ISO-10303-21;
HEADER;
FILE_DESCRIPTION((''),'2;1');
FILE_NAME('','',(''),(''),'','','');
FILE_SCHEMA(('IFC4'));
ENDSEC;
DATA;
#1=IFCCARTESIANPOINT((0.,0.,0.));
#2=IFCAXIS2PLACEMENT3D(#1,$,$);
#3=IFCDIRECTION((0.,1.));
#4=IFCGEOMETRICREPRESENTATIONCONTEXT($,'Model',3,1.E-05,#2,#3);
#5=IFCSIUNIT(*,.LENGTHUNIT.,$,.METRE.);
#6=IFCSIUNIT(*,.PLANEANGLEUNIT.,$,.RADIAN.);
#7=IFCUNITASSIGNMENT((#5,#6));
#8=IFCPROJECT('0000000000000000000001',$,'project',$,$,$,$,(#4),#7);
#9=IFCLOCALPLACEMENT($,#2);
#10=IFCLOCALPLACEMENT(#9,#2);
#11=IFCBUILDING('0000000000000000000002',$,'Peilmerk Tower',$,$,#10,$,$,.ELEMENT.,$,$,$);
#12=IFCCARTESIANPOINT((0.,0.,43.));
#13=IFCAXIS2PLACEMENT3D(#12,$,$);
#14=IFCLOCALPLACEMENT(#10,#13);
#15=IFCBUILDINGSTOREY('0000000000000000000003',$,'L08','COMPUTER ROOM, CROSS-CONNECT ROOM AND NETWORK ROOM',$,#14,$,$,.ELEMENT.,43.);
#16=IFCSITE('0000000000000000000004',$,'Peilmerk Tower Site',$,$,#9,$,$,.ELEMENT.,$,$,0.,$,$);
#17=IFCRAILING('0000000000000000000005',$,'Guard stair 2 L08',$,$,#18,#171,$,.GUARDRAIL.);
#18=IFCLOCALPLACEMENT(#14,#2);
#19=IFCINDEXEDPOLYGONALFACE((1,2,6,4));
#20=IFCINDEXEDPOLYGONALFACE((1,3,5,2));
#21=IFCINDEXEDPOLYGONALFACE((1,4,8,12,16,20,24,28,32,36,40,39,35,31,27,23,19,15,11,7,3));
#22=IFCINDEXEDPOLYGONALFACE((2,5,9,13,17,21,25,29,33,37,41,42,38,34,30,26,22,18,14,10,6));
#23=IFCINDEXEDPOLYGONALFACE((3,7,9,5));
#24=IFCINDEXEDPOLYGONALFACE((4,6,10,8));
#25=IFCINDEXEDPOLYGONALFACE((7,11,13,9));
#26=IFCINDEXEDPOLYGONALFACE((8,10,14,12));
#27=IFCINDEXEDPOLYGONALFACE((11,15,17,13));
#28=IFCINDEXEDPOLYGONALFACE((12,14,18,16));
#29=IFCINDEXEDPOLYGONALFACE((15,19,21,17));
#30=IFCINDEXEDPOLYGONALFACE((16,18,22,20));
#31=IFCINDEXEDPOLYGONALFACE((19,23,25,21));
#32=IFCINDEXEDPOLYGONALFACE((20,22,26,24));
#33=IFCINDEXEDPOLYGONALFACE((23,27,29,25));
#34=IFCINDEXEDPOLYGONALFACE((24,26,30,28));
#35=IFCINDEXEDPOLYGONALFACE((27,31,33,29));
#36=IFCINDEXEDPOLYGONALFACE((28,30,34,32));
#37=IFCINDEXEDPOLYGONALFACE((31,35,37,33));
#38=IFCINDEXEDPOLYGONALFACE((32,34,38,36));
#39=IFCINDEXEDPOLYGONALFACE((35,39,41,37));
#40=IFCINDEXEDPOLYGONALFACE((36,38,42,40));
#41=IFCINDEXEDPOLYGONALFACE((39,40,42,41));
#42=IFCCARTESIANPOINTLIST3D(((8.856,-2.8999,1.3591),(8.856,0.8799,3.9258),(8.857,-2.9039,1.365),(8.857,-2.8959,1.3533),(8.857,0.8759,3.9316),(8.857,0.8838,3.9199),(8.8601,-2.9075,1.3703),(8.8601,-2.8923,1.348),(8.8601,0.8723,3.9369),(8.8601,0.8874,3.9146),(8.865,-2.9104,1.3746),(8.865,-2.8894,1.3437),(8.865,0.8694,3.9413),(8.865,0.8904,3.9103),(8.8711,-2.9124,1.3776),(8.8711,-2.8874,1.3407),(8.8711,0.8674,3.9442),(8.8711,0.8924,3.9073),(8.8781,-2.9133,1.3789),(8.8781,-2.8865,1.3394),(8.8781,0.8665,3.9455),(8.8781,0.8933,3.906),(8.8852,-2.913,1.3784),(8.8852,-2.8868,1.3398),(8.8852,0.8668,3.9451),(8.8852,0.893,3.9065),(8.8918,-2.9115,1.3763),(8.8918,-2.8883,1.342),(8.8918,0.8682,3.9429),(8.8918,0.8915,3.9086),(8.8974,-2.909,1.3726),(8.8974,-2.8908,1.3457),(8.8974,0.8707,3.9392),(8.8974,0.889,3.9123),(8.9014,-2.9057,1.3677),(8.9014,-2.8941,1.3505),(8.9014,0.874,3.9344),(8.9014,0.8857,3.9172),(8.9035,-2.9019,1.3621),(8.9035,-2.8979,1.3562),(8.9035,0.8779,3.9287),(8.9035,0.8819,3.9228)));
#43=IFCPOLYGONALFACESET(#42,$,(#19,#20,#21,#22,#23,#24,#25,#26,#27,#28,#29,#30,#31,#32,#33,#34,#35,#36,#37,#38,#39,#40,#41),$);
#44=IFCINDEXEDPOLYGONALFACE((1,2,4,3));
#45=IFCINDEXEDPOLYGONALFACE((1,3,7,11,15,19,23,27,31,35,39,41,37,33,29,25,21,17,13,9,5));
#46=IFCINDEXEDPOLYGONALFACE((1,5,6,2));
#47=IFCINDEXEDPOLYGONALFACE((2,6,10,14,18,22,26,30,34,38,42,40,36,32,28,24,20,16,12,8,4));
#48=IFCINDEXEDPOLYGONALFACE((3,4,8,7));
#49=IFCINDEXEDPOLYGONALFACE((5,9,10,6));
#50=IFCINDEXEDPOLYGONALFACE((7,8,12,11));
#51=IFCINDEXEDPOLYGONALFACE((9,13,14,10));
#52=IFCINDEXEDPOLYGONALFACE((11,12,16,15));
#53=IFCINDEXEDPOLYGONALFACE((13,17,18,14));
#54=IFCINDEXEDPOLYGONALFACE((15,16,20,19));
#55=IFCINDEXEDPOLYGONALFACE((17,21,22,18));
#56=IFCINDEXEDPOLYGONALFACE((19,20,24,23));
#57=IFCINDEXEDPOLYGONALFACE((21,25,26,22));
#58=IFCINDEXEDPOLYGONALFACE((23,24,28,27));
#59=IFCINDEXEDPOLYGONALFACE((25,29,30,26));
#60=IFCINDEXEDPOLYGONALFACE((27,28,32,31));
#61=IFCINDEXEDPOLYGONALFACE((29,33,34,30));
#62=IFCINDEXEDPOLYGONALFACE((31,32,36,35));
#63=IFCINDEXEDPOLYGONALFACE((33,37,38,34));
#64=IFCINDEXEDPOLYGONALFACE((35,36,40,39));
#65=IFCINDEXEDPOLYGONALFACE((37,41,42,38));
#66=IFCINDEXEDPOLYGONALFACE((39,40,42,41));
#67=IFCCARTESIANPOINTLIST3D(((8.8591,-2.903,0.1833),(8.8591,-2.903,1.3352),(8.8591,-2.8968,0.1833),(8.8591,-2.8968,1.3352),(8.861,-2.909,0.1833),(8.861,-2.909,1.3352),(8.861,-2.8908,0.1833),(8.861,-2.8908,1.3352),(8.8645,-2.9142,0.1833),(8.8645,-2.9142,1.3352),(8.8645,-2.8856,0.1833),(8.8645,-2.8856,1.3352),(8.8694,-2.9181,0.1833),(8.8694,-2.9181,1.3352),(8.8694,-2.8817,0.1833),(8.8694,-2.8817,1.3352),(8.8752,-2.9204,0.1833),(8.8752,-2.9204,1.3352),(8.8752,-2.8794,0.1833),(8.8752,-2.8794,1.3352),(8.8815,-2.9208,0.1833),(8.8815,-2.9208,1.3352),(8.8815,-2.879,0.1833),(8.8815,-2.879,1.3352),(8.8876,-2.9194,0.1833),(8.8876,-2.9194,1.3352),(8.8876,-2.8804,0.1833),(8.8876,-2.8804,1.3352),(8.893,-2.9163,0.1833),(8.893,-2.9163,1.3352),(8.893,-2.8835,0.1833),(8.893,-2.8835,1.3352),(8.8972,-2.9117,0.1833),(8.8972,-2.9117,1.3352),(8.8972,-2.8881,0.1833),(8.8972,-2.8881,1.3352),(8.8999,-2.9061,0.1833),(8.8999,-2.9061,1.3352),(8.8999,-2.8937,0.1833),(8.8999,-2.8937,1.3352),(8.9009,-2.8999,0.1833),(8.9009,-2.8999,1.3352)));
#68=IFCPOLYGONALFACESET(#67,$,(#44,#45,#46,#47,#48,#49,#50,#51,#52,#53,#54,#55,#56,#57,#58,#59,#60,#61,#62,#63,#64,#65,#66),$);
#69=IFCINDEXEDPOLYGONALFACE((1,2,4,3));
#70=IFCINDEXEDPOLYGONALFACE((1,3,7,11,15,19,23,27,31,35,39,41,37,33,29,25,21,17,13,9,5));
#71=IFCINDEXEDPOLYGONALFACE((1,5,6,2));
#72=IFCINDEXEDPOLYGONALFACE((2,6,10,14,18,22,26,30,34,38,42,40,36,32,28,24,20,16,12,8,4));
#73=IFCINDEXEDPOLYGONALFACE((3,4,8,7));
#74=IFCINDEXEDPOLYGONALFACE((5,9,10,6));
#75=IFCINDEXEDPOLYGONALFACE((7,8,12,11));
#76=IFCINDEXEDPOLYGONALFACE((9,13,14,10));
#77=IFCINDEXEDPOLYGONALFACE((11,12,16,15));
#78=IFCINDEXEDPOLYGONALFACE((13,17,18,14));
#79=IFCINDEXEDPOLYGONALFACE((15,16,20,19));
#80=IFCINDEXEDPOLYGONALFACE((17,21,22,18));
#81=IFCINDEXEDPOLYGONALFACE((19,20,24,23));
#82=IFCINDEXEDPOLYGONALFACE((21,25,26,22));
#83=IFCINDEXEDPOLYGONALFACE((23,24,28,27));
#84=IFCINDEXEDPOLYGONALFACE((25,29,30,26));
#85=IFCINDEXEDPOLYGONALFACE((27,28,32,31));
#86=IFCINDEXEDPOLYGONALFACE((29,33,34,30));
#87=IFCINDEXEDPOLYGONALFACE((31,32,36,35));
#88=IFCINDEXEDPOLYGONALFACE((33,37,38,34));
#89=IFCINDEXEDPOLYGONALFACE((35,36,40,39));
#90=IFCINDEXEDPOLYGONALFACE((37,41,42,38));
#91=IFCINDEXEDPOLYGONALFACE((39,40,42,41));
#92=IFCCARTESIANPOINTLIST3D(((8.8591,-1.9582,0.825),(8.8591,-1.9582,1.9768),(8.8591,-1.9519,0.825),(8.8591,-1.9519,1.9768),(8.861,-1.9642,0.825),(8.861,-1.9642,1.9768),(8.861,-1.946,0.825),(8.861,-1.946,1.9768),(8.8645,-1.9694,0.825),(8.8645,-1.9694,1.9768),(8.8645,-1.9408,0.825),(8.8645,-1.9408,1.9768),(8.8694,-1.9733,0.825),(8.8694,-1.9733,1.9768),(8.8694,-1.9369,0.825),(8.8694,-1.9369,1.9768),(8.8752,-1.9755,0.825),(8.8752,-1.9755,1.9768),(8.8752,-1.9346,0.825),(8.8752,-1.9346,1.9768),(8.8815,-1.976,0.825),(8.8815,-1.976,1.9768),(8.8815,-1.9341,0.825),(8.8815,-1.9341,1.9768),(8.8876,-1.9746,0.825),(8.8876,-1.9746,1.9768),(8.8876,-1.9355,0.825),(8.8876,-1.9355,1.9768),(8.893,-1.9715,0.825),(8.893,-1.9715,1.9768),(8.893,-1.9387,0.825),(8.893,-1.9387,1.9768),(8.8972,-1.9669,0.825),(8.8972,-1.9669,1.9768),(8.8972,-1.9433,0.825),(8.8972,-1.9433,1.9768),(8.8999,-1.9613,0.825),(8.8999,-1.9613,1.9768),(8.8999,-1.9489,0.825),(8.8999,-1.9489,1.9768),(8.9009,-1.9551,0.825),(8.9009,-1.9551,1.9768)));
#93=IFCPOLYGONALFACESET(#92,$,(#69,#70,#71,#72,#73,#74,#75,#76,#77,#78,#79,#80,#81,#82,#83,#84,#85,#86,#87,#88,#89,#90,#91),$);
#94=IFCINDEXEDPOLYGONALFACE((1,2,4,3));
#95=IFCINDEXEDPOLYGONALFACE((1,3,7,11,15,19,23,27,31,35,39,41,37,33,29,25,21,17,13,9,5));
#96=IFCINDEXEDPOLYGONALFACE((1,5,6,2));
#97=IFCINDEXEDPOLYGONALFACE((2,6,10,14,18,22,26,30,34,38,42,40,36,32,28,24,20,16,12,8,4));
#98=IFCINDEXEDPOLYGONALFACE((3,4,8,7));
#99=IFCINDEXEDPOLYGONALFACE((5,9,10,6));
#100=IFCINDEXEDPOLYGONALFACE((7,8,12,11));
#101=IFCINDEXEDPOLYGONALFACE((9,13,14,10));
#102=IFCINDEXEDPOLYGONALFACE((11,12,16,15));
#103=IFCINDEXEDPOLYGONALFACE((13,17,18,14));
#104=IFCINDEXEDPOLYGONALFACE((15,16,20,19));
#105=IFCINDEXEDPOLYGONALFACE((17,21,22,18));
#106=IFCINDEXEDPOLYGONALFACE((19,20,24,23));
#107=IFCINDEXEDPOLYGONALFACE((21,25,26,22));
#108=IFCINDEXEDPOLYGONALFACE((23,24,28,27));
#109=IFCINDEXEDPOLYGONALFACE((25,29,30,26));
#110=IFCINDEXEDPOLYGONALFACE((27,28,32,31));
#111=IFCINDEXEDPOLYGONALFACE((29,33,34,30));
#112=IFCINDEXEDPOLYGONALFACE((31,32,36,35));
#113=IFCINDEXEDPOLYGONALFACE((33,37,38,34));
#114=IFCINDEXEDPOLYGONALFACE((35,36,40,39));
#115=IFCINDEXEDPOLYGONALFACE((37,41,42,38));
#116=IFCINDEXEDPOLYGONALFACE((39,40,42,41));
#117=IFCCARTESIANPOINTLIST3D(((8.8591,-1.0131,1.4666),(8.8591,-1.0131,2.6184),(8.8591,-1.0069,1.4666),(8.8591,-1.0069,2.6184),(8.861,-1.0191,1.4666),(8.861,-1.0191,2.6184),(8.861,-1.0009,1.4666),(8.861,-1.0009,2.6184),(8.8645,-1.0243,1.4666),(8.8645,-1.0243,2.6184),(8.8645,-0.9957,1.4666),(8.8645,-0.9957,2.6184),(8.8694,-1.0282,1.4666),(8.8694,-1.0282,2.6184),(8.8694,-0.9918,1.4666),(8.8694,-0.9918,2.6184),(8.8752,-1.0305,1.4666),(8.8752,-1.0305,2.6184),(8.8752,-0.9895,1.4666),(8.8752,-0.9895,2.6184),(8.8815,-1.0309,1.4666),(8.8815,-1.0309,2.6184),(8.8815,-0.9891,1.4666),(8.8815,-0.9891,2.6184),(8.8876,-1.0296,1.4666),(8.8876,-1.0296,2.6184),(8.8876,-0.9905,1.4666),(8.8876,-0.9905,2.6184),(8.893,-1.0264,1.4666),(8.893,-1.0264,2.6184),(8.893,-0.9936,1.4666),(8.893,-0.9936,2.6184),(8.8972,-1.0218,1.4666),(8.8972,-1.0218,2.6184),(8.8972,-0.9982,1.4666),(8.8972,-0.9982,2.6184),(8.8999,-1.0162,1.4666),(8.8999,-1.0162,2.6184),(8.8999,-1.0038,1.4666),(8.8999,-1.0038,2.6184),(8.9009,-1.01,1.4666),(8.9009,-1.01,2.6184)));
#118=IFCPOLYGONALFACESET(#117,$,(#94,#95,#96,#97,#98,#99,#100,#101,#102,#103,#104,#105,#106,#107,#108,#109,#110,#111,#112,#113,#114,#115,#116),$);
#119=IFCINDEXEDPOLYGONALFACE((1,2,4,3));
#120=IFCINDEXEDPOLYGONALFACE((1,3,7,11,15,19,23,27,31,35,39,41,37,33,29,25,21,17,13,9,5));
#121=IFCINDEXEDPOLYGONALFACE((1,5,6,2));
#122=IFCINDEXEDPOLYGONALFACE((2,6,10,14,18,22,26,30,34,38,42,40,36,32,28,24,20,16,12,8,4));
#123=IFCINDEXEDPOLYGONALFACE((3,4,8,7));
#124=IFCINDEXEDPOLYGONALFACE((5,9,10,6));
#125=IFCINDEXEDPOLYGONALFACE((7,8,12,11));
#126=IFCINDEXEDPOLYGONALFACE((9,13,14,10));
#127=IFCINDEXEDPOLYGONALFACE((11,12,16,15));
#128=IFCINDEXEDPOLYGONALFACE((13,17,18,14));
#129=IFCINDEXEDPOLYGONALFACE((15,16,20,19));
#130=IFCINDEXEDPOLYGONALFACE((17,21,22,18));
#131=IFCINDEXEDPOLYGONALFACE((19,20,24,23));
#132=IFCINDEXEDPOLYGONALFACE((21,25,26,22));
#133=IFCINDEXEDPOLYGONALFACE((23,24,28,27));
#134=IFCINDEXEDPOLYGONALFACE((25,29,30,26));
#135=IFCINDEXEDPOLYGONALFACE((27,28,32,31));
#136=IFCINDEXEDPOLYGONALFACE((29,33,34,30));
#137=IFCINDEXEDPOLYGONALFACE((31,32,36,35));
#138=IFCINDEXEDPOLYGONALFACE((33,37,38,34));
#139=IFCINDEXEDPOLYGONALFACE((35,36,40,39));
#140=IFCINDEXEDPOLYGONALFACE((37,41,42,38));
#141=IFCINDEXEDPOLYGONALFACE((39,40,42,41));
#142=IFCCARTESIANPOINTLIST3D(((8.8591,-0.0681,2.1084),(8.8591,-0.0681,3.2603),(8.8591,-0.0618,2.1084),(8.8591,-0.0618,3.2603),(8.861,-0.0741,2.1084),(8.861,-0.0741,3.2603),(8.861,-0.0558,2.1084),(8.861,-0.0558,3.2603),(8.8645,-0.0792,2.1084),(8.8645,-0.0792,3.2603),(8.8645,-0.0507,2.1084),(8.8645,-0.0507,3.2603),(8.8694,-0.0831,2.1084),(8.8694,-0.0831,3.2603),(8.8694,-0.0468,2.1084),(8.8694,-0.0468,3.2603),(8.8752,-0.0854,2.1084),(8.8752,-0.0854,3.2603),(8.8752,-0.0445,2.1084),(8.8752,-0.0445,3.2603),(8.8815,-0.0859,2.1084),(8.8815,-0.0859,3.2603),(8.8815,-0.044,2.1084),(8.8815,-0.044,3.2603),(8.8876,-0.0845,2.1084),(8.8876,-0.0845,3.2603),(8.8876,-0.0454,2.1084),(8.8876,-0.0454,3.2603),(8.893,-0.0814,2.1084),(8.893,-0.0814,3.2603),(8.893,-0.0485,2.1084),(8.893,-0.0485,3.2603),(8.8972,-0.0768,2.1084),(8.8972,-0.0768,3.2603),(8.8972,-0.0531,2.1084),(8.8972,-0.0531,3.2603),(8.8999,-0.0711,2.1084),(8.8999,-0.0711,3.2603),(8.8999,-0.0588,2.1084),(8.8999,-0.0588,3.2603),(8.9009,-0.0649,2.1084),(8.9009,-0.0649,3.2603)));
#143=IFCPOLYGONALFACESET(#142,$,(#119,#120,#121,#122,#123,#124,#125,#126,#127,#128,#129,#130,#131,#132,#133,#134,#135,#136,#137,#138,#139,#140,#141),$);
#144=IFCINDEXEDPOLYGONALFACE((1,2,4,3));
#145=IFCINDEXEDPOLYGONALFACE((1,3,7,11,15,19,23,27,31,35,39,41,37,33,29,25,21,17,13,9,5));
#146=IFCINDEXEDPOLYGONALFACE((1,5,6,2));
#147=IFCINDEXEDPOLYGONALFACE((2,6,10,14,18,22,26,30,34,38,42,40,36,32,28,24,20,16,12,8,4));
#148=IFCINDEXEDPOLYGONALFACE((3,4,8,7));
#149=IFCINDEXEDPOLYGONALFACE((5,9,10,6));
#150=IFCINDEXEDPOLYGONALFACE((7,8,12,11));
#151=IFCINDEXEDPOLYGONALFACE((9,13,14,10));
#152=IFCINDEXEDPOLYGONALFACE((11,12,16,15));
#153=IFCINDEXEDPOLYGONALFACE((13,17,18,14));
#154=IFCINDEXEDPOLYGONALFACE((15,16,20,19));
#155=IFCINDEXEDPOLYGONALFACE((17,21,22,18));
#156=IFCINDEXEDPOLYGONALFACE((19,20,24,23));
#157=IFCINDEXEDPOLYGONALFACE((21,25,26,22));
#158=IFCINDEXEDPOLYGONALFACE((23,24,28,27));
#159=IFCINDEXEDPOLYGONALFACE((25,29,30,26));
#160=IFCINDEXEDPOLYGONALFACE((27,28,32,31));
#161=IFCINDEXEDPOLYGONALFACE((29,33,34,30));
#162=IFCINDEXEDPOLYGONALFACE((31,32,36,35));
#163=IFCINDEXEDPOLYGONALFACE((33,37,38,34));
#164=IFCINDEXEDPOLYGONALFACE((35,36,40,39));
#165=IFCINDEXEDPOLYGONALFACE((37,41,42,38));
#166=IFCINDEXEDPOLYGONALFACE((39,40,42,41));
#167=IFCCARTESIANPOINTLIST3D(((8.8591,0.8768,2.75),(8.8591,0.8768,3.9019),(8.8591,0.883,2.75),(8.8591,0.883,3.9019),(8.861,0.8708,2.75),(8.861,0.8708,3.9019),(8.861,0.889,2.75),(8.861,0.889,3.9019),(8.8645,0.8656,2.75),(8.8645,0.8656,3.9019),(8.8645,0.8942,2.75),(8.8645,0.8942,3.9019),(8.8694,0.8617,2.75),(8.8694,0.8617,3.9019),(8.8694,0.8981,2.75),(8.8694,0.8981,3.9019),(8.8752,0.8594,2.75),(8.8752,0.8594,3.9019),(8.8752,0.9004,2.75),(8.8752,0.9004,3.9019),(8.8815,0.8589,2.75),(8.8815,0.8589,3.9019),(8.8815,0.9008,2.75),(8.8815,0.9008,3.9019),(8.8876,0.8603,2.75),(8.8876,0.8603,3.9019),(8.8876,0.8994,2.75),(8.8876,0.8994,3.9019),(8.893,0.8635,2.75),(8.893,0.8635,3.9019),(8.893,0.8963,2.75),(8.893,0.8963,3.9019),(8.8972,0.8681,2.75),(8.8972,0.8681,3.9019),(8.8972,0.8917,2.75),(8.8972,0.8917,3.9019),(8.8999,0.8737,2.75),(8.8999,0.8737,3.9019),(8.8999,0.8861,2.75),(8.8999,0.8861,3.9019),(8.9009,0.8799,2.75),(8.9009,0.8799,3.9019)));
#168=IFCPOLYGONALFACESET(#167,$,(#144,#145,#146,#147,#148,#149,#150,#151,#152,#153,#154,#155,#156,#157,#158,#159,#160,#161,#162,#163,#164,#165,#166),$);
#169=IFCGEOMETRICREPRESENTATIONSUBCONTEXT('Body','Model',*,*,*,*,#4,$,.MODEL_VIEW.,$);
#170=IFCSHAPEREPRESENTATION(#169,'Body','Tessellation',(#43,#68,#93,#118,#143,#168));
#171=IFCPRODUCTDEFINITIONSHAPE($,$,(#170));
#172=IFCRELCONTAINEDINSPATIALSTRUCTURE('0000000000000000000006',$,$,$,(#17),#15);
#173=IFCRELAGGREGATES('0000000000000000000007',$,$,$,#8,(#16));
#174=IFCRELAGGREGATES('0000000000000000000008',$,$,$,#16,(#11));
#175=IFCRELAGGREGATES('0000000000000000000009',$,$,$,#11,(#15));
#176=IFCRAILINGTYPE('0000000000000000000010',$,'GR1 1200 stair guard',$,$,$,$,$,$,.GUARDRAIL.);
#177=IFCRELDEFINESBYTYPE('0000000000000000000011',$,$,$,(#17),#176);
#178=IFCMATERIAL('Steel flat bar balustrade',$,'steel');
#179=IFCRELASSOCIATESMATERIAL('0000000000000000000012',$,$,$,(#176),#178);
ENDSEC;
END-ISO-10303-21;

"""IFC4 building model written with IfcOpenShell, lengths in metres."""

from ifc_helpers import new_model, si_unit, direction, frame, origin, origin_2d, place, context, subcontext, project, spatial, circle, extrude, material, type_object, element, save


model = new_model("IFC4")

# Units and contexts
model_context = context("Model", 3, precision=1e-05, world=origin(), true_north=direction((0.0, 1.0)))
body_context = subcontext(model_context, "Body", "Model", "MODEL_VIEW")
ifc_project = project(units=[si_unit("LENGTHUNIT", "METRE"), si_unit("PLANEANGLEUNIT", "RADIAN")], contexts=[model_context])

# Site, building, storey
site_placement = place(None, origin())
site = spatial("IfcSite", under=ifc_project, at=site_placement, Name="Peilmerk Tower Site", CompositionType="ELEMENT", RefElevation=0.0)
building_placement = place(site_placement, origin())
building = spatial("IfcBuilding", under=site, at=building_placement, Name="Peilmerk Tower", CompositionType="ELEMENT")
storey_placement = place(building_placement, frame((0.0, 0.0, 43.0)))
storey = spatial("IfcBuildingStorey", under=building, at=storey_placement, Name="L08", Description="COMPUTER ROOM, CROSS-CONNECT ROOM AND NETWORK ROOM", CompositionType="ELEMENT", Elevation=43.0)

# Railing
ifc_material_1 = material(Name="Steel flat bar balustrade", Category="steel")
railing_type_1 = type_object("IfcRailingType", Name="GR1 1200 stair guard", PredefinedType="GUARDRAIL", material=ifc_material_1)
railing_1_placement = place(storey_placement, frame((8.8799, -2.8999, 0.1833)))
element("IfcRailing", 1, at=railing_1_placement, inside=storey, type_object=railing_type_1, Name="Guard stair 2 L08", PredefinedType="GUARDRAIL", context=body_context, shape_type="SweptSolid", body=[
    extrude(circle(Radius=0.0239, at=origin_2d()), frame((0.0, 0.0, 1.1758), z_axis=(0.0, 0.827293, 0.561771), x_axis=(-1.0, 0.0, 0.0)), (0.0, 0.0, 1.0), 4.5688),
    extrude(circle(Radius=0.021, at=origin_2d()), origin(), (0.0, 0.0, 1.0), 1.1519),
    extrude(circle(Radius=0.021, at=origin_2d()), frame((0.0, 0.9448, 0.6416)), (0.0, 0.0, 1.0), 1.1519),
    extrude(circle(Radius=0.021, at=origin_2d()), frame((0.0, 1.8899, 1.2832)), (0.0, 0.0, 1.0), 1.1519),
    extrude(circle(Radius=0.021, at=origin_2d()), frame((0.0, 2.835, 1.925)), (0.0, 0.0, 1.0), 1.1519),
    extrude(circle(Radius=0.021, at=origin_2d()), frame((0.0, 3.7798, 2.5667)), (0.0, 0.0, 1.0), 1.1519),
])

save(model, "model.ifc")
